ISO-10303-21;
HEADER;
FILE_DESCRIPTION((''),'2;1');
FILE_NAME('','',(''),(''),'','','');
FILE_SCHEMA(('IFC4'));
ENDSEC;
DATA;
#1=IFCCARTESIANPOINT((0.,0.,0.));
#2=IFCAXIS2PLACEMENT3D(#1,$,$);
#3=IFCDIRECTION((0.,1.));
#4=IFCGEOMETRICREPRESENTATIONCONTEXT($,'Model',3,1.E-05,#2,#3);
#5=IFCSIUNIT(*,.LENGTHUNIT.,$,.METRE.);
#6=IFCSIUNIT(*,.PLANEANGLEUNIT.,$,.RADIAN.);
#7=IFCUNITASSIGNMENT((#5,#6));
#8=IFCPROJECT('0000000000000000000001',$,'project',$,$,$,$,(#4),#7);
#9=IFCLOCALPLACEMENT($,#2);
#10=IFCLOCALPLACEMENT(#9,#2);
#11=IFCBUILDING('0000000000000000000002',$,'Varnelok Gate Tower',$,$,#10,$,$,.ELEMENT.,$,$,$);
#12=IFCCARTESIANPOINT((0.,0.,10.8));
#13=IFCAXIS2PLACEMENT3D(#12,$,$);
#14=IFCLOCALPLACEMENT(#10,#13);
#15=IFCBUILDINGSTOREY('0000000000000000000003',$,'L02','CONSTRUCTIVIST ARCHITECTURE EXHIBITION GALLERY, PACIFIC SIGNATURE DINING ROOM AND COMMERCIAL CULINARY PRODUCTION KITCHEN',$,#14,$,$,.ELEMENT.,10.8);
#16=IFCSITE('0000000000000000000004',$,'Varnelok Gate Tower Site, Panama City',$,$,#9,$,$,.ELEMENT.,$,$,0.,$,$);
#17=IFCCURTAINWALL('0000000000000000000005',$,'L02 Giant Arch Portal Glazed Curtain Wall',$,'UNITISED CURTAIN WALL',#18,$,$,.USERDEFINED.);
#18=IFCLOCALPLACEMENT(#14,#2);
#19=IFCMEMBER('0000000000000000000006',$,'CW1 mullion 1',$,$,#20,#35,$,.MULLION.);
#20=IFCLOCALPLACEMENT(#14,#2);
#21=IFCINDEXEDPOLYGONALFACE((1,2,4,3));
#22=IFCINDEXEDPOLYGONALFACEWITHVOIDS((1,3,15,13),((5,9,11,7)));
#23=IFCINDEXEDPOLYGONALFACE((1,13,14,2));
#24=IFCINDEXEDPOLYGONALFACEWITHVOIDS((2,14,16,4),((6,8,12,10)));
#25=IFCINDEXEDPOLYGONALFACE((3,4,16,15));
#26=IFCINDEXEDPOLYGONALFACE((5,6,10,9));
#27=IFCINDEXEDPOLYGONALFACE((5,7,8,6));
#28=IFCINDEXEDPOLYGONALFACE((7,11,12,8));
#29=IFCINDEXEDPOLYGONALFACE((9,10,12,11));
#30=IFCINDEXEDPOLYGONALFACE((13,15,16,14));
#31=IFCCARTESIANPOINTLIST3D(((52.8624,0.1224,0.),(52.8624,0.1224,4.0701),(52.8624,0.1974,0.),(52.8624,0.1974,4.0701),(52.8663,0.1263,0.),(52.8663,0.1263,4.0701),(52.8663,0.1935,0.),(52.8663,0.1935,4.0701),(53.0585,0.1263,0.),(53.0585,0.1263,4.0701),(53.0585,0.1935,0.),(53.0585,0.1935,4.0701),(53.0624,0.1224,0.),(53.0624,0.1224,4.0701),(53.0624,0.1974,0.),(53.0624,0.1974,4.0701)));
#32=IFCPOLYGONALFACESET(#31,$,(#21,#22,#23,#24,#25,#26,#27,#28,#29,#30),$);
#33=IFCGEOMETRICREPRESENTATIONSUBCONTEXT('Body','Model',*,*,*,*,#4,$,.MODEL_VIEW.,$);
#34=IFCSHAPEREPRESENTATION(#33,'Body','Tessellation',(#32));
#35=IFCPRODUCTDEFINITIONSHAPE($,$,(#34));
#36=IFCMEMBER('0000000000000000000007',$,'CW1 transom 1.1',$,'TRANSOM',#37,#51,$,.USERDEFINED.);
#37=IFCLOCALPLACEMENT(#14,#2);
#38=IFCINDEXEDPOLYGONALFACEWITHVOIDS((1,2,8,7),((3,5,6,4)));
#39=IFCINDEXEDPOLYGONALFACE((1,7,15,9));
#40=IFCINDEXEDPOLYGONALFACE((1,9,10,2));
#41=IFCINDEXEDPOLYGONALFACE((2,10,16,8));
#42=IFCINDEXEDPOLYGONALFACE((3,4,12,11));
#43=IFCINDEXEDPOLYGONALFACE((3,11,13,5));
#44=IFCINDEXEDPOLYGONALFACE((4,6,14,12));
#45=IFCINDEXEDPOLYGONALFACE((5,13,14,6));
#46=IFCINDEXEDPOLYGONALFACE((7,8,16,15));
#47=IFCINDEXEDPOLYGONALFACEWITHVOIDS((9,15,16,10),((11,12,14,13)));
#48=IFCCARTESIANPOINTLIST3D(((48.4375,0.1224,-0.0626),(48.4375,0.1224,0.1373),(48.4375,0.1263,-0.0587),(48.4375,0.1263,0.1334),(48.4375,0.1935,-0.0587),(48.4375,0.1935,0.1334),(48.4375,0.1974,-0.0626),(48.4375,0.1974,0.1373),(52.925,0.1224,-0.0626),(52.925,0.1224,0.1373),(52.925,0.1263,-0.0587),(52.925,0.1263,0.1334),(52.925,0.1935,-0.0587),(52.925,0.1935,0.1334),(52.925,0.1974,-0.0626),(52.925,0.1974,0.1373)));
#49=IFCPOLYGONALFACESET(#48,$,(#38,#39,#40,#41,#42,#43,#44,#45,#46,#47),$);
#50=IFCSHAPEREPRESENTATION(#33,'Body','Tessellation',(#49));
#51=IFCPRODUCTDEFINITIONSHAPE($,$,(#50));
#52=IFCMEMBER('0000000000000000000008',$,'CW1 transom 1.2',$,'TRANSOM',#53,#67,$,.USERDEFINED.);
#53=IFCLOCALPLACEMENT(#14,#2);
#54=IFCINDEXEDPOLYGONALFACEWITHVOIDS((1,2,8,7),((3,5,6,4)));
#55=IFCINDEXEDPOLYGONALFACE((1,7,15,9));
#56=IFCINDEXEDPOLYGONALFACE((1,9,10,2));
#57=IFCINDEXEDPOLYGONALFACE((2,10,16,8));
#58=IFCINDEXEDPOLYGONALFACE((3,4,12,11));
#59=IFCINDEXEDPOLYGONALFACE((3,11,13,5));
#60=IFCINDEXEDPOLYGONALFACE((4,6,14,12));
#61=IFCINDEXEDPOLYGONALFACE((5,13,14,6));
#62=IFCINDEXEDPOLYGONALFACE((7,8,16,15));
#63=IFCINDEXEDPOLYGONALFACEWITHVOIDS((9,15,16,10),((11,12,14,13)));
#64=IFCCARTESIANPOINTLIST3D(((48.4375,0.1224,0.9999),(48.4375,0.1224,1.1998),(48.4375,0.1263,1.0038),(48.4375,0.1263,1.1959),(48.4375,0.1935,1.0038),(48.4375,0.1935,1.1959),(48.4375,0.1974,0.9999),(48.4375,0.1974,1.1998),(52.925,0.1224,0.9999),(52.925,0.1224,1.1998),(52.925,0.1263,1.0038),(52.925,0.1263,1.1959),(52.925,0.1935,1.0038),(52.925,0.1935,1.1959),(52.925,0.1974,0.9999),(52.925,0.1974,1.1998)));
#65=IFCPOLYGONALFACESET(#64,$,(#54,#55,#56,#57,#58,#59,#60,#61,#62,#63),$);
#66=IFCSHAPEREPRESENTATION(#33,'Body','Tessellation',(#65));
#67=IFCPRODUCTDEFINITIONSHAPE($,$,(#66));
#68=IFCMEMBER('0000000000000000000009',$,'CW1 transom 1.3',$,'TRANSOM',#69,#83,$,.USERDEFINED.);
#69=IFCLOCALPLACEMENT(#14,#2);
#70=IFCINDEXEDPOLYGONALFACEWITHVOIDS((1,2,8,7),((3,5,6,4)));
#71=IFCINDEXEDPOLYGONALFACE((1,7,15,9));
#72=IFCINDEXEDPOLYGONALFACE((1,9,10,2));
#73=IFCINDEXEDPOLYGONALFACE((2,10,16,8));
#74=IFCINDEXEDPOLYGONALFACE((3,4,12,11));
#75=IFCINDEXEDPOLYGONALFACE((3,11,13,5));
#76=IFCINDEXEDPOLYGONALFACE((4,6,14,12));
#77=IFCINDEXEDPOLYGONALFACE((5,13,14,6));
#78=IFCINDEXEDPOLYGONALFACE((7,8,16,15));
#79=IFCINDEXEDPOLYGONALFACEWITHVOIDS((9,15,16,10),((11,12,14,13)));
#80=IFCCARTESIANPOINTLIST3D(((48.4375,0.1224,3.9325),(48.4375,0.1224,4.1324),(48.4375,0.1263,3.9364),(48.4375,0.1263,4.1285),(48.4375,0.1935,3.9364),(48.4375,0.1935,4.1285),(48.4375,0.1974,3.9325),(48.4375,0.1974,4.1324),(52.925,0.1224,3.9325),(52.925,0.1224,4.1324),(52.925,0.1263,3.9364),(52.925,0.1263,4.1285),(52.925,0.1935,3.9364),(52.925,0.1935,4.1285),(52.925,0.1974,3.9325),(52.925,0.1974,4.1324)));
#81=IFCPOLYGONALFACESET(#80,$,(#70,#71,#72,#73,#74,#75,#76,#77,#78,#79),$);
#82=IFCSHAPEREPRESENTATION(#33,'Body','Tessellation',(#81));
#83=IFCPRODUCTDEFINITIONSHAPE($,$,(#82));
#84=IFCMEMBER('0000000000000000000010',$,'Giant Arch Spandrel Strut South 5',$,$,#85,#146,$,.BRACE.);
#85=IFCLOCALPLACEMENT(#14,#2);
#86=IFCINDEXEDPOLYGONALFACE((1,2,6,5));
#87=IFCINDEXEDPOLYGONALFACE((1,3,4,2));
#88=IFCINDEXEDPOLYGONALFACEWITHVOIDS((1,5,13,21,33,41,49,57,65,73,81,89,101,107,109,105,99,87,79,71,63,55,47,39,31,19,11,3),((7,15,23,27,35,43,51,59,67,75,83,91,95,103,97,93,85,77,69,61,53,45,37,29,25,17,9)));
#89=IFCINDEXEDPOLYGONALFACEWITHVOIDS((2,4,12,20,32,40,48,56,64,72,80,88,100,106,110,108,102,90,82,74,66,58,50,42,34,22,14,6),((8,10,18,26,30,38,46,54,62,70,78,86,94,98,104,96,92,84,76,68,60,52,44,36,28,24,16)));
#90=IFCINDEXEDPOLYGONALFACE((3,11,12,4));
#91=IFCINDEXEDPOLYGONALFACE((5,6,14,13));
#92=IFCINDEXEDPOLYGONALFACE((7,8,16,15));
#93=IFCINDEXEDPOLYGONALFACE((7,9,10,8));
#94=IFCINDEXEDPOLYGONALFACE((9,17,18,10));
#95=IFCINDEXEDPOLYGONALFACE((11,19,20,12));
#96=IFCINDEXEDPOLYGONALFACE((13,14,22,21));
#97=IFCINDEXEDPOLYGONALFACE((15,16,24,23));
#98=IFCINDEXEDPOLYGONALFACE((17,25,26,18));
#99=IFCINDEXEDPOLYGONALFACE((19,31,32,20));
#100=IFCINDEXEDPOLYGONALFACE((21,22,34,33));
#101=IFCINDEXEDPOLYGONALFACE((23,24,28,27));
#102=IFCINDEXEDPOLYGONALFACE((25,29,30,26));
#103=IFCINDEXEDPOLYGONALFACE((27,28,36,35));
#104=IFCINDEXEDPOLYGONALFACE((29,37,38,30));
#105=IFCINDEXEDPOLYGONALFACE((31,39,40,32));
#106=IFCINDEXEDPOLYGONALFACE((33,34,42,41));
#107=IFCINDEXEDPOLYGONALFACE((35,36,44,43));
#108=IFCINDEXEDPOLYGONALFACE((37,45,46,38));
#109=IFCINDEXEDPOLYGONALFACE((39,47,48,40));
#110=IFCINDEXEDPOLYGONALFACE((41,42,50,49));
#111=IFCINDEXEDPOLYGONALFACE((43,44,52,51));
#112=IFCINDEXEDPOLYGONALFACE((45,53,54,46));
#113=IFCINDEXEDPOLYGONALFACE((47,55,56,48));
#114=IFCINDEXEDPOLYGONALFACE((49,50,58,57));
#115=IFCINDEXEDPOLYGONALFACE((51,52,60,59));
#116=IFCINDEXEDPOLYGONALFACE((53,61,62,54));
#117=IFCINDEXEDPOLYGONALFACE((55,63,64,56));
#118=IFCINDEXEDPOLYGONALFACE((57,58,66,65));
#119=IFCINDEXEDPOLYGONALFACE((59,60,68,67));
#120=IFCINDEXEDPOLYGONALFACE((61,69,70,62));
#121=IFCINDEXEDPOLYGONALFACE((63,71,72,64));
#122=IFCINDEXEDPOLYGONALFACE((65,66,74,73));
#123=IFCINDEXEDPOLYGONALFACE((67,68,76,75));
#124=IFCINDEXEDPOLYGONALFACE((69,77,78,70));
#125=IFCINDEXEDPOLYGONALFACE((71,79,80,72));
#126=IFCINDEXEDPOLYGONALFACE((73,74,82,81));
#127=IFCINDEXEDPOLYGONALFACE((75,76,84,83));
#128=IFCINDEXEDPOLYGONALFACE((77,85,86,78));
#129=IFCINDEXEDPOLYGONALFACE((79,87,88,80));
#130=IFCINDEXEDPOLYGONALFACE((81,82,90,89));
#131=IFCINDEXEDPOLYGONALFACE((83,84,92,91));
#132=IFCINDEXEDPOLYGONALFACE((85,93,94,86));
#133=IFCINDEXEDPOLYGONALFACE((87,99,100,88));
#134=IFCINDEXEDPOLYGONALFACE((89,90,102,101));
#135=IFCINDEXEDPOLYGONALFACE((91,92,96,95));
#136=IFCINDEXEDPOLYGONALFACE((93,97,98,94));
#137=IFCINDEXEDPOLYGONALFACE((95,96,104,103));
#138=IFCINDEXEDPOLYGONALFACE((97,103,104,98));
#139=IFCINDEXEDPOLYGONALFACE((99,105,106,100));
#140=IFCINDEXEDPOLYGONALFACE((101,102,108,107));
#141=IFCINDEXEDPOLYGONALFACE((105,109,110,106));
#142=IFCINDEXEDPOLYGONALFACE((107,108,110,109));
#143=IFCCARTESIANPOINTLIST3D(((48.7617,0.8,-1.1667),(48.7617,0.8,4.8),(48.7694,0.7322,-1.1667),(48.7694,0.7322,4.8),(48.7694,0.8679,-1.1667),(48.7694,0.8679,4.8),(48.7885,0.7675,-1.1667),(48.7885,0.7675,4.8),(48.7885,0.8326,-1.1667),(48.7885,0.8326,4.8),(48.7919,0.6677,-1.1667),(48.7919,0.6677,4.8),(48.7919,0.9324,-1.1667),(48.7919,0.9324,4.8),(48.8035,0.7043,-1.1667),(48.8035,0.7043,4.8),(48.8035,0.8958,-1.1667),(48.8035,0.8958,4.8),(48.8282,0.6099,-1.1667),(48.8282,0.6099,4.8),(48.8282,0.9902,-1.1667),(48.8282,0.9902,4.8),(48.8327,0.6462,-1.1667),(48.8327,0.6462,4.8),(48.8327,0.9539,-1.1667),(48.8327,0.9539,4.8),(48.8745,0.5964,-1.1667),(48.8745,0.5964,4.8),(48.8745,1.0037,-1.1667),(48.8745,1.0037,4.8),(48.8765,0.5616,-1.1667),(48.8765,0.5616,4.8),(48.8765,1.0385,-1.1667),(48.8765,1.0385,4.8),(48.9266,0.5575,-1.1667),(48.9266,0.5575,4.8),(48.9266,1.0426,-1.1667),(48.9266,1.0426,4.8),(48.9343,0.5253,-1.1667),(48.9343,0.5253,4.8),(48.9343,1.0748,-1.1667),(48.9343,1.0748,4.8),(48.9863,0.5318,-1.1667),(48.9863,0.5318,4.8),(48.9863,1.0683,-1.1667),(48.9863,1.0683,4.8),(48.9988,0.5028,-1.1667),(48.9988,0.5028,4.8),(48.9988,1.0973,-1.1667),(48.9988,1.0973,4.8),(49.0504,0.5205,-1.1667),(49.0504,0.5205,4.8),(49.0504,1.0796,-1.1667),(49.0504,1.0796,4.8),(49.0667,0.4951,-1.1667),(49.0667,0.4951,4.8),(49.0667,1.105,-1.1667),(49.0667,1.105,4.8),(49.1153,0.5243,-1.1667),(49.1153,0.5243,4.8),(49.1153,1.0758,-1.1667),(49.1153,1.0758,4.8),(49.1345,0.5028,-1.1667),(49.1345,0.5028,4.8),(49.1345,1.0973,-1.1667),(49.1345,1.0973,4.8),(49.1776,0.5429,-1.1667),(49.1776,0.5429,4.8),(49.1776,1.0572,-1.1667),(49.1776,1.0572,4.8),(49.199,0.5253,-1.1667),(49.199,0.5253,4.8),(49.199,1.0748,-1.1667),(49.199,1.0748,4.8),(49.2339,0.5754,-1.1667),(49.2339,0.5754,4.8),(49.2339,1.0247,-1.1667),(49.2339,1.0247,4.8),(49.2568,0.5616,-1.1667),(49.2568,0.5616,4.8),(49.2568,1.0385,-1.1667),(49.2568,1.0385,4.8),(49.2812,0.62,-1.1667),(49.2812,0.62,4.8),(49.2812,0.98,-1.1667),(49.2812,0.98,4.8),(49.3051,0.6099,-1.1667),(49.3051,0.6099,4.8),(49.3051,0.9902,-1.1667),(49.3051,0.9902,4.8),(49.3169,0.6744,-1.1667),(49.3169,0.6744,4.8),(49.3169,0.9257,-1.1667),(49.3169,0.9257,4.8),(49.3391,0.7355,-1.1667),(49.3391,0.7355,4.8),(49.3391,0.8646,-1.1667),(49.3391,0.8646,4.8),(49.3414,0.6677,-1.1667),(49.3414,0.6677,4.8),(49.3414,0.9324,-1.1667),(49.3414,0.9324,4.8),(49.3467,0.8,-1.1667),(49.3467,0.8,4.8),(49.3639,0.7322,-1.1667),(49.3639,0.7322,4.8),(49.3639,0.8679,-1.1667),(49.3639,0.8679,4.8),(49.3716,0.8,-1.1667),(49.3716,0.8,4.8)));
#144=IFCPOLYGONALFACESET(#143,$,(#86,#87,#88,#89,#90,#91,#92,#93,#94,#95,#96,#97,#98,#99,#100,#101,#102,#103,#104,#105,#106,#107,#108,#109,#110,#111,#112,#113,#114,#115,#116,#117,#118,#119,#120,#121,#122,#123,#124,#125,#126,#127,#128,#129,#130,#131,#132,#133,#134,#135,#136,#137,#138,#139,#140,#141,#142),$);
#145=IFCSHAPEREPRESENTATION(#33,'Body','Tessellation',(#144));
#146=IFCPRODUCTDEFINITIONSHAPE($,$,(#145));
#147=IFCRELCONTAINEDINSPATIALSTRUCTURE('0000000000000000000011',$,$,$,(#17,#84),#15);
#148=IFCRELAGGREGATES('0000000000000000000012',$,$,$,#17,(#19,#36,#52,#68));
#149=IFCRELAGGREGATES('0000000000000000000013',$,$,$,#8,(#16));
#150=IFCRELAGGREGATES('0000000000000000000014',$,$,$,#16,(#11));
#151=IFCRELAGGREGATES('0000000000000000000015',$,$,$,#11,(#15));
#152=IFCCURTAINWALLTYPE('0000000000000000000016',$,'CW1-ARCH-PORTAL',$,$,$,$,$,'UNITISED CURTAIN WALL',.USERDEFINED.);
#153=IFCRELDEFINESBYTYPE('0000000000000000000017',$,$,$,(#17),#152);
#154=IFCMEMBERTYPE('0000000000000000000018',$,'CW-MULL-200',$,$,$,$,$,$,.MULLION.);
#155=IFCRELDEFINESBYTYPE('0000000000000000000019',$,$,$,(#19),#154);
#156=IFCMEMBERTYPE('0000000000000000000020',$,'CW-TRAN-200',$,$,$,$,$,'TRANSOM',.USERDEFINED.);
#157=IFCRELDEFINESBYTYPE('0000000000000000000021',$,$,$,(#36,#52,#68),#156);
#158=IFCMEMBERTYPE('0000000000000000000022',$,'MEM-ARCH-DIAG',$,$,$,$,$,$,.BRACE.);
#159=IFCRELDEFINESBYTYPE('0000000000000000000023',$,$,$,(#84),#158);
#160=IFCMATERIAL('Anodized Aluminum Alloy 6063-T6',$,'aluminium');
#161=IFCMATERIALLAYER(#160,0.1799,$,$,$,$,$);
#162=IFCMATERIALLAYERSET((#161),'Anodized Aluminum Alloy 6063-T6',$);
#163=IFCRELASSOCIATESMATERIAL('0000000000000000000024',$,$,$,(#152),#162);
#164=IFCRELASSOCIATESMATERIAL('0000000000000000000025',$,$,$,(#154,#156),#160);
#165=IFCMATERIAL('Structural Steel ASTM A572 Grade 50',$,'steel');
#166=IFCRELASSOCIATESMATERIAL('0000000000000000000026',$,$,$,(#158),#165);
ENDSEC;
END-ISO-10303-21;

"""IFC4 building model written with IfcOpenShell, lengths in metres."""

from ifc_helpers import new_model, si_unit, direction, frame, origin, origin_2d, place, context, subcontext, project, spatial, hollow_rectangle, hollow_circle, extrude, material, layer, layer_set, material_profile, profile_set, type_object, element, aggregate, save


model = new_model("IFC4")

# Units and contexts
model_context = context("Model", 3, precision=1e-05, world=origin(), true_north=direction((0.0, 1.0)))
body_context = subcontext(model_context, "Body", "Model", "MODEL_VIEW")
ifc_project = project(units=[si_unit("LENGTHUNIT", "METRE"), si_unit("PLANEANGLEUNIT", "RADIAN")], contexts=[model_context])

# Site, building, storey
site_placement = place(None, origin())
site = spatial("IfcSite", under=ifc_project, at=site_placement, Name="Varnelok Gate Tower Site, Panama City", CompositionType="ELEMENT", RefElevation=0.0)
building_placement = place(site_placement, origin())
building = spatial("IfcBuilding", under=site, at=building_placement, Name="Varnelok Gate Tower", CompositionType="ELEMENT")
storey_placement = place(building_placement, frame((0.0, 0.0, 10.8)))
storey = spatial("IfcBuildingStorey", under=building, at=storey_placement, Name="L02", Description="CONSTRUCTIVIST ARCHITECTURE EXHIBITION GALLERY, PACIFIC SIGNATURE DINING ROOM AND COMMERCIAL CULINARY PRODUCTION KITCHEN", CompositionType="ELEMENT", Elevation=10.8)

# Curtain wall, members
ifc_material_1 = material(Name="Anodized Aluminum Alloy 6063-T6", Category="aluminium")
ifc_layer_1 = layer(ifc_material_1, 0.1799)
ifc_layer_set_1 = layer_set([ifc_layer_1], Name="Anodized Aluminum Alloy 6063-T6")
curtain_wall_type = type_object("IfcCurtainWallType", Name="CW1-ARCH-PORTAL", ElementType="UNITISED CURTAIN WALL", PredefinedType="USERDEFINED", material=ifc_layer_set_1)
curtain_wall_placement = place(storey_placement, origin())
curtain_wall = element("IfcCurtainWall", 1, at=curtain_wall_placement, inside=storey, type_object=curtain_wall_type, Name="L02 Giant Arch Portal Glazed Curtain Wall", ObjectType="UNITISED CURTAIN WALL", PredefinedType="USERDEFINED")
ifc_material_profile_1 = material_profile(ifc_material_1, hollow_rectangle(XDim=0.075, YDim=0.2, WallThickness=0.0039, at=origin_2d()), Name="ALU200X75X4")
ifc_profile_set_1 = profile_set([ifc_material_profile_1], Name="Anodized Aluminum Alloy 6063-T6")
member_type_1 = type_object("IfcMemberType", Name="CW-MULL-200", PredefinedType="MULLION", material=ifc_profile_set_1)
member_1_placement = place(storey_placement, frame((52.9624, 0.1599, 0.0), z_axis=(0.0, 0.0, 1.0), x_axis=(0.0, -1.0, 0.0)))
member_1 = element("IfcMember", 2, at=member_1_placement, type_object=member_type_1, Name="CW1 mullion 1", PredefinedType="MULLION", context=body_context, shape_type="SweptSolid", body=[
    extrude(hollow_rectangle(XDim=0.075, YDim=0.2, WallThickness=0.0039, at=origin_2d()), origin(), (0.0, 0.0, 1.0), 4.0701),
])
ifc_material_profile_2 = material_profile(ifc_material_1, hollow_rectangle(XDim=0.075, YDim=0.2, WallThickness=0.0039, at=origin_2d()), Name="ALU200X75X4")
ifc_profile_set_2 = profile_set([ifc_material_profile_2], Name="Anodized Aluminum Alloy 6063-T6")
member_type_2 = type_object("IfcMemberType", Name="CW-TRAN-200", ElementType="TRANSOM", PredefinedType="USERDEFINED", material=ifc_profile_set_2)
member_2_placement = place(storey_placement, frame((52.925, 0.1599, 0.0374), z_axis=(-1.0, 0.0, 0.0), x_axis=(0.0, -1.0, 0.0)))
member_2 = element("IfcMember", 3, at=member_2_placement, type_object=member_type_2, Name="CW1 transom 1.1", ObjectType="TRANSOM", PredefinedType="USERDEFINED", context=body_context, shape_type="SweptSolid", body=[
    extrude(hollow_rectangle(XDim=0.075, YDim=0.2, WallThickness=0.0039, at=origin_2d()), origin(), (0.0, 0.0, 1.0), 4.4875),
])
member_3_placement = place(storey_placement, frame((52.925, 0.1599, 1.0999), z_axis=(-1.0, 0.0, 0.0), x_axis=(0.0, -1.0, 0.0)))
member_3 = element("IfcMember", 4, at=member_3_placement, type_object=member_type_2, Name="CW1 transom 1.2", ObjectType="TRANSOM", PredefinedType="USERDEFINED", context=body_context, shape_type="SweptSolid", body=[
    extrude(hollow_rectangle(XDim=0.075, YDim=0.2, WallThickness=0.0039, at=origin_2d()), origin(), (0.0, 0.0, 1.0), 4.4875),
])
member_4_placement = place(storey_placement, frame((52.925, 0.1599, 4.0325), z_axis=(-1.0, 0.0, 0.0), x_axis=(0.0, -1.0, 0.0)))
member_4 = element("IfcMember", 5, at=member_4_placement, type_object=member_type_2, Name="CW1 transom 1.3", ObjectType="TRANSOM", PredefinedType="USERDEFINED", context=body_context, shape_type="SweptSolid", body=[
    extrude(hollow_rectangle(XDim=0.075, YDim=0.2, WallThickness=0.0039, at=origin_2d()), origin(), (0.0, 0.0, 1.0), 4.4875),
])

# Member
ifc_material_2 = material(Name="Structural Steel ASTM A572 Grade 50", Category="steel")
ifc_material_profile_3 = material_profile(ifc_material_2, hollow_circle(Radius=0.3049, WallThickness=0.0249, at=origin_2d()), Name="CHS610X25")
ifc_profile_set_3 = profile_set([ifc_material_profile_3], Name="Structural Steel ASTM A572 Grade 50")
member_type_3 = type_object("IfcMemberType", Name="MEM-ARCH-DIAG", PredefinedType="BRACE", material=ifc_profile_set_3)
for number, where, z_axis, x_axis, name in (
    (6, (49.0667, 0.8, -1.1667), (0.0, 0.0, 1.0), (1.0, 0.0, 0.0), "Giant Arch Spandrel Strut South 5"),
):
    element("IfcMember", number, at=place(storey_placement, frame(where, z_axis=z_axis, x_axis=x_axis)), inside=storey, type_object=member_type_3, Name=name, PredefinedType="BRACE", context=body_context, shape_type="SweptSolid", body=[
        extrude(hollow_circle(Radius=0.3049, WallThickness=0.0249, at=origin_2d()), origin(), (0.0, 0.0, 1.0), 5.9668),
    ])

aggregate(curtain_wall, [member_1, member_2, member_3, member_4])

save(model, "model.ifc")
